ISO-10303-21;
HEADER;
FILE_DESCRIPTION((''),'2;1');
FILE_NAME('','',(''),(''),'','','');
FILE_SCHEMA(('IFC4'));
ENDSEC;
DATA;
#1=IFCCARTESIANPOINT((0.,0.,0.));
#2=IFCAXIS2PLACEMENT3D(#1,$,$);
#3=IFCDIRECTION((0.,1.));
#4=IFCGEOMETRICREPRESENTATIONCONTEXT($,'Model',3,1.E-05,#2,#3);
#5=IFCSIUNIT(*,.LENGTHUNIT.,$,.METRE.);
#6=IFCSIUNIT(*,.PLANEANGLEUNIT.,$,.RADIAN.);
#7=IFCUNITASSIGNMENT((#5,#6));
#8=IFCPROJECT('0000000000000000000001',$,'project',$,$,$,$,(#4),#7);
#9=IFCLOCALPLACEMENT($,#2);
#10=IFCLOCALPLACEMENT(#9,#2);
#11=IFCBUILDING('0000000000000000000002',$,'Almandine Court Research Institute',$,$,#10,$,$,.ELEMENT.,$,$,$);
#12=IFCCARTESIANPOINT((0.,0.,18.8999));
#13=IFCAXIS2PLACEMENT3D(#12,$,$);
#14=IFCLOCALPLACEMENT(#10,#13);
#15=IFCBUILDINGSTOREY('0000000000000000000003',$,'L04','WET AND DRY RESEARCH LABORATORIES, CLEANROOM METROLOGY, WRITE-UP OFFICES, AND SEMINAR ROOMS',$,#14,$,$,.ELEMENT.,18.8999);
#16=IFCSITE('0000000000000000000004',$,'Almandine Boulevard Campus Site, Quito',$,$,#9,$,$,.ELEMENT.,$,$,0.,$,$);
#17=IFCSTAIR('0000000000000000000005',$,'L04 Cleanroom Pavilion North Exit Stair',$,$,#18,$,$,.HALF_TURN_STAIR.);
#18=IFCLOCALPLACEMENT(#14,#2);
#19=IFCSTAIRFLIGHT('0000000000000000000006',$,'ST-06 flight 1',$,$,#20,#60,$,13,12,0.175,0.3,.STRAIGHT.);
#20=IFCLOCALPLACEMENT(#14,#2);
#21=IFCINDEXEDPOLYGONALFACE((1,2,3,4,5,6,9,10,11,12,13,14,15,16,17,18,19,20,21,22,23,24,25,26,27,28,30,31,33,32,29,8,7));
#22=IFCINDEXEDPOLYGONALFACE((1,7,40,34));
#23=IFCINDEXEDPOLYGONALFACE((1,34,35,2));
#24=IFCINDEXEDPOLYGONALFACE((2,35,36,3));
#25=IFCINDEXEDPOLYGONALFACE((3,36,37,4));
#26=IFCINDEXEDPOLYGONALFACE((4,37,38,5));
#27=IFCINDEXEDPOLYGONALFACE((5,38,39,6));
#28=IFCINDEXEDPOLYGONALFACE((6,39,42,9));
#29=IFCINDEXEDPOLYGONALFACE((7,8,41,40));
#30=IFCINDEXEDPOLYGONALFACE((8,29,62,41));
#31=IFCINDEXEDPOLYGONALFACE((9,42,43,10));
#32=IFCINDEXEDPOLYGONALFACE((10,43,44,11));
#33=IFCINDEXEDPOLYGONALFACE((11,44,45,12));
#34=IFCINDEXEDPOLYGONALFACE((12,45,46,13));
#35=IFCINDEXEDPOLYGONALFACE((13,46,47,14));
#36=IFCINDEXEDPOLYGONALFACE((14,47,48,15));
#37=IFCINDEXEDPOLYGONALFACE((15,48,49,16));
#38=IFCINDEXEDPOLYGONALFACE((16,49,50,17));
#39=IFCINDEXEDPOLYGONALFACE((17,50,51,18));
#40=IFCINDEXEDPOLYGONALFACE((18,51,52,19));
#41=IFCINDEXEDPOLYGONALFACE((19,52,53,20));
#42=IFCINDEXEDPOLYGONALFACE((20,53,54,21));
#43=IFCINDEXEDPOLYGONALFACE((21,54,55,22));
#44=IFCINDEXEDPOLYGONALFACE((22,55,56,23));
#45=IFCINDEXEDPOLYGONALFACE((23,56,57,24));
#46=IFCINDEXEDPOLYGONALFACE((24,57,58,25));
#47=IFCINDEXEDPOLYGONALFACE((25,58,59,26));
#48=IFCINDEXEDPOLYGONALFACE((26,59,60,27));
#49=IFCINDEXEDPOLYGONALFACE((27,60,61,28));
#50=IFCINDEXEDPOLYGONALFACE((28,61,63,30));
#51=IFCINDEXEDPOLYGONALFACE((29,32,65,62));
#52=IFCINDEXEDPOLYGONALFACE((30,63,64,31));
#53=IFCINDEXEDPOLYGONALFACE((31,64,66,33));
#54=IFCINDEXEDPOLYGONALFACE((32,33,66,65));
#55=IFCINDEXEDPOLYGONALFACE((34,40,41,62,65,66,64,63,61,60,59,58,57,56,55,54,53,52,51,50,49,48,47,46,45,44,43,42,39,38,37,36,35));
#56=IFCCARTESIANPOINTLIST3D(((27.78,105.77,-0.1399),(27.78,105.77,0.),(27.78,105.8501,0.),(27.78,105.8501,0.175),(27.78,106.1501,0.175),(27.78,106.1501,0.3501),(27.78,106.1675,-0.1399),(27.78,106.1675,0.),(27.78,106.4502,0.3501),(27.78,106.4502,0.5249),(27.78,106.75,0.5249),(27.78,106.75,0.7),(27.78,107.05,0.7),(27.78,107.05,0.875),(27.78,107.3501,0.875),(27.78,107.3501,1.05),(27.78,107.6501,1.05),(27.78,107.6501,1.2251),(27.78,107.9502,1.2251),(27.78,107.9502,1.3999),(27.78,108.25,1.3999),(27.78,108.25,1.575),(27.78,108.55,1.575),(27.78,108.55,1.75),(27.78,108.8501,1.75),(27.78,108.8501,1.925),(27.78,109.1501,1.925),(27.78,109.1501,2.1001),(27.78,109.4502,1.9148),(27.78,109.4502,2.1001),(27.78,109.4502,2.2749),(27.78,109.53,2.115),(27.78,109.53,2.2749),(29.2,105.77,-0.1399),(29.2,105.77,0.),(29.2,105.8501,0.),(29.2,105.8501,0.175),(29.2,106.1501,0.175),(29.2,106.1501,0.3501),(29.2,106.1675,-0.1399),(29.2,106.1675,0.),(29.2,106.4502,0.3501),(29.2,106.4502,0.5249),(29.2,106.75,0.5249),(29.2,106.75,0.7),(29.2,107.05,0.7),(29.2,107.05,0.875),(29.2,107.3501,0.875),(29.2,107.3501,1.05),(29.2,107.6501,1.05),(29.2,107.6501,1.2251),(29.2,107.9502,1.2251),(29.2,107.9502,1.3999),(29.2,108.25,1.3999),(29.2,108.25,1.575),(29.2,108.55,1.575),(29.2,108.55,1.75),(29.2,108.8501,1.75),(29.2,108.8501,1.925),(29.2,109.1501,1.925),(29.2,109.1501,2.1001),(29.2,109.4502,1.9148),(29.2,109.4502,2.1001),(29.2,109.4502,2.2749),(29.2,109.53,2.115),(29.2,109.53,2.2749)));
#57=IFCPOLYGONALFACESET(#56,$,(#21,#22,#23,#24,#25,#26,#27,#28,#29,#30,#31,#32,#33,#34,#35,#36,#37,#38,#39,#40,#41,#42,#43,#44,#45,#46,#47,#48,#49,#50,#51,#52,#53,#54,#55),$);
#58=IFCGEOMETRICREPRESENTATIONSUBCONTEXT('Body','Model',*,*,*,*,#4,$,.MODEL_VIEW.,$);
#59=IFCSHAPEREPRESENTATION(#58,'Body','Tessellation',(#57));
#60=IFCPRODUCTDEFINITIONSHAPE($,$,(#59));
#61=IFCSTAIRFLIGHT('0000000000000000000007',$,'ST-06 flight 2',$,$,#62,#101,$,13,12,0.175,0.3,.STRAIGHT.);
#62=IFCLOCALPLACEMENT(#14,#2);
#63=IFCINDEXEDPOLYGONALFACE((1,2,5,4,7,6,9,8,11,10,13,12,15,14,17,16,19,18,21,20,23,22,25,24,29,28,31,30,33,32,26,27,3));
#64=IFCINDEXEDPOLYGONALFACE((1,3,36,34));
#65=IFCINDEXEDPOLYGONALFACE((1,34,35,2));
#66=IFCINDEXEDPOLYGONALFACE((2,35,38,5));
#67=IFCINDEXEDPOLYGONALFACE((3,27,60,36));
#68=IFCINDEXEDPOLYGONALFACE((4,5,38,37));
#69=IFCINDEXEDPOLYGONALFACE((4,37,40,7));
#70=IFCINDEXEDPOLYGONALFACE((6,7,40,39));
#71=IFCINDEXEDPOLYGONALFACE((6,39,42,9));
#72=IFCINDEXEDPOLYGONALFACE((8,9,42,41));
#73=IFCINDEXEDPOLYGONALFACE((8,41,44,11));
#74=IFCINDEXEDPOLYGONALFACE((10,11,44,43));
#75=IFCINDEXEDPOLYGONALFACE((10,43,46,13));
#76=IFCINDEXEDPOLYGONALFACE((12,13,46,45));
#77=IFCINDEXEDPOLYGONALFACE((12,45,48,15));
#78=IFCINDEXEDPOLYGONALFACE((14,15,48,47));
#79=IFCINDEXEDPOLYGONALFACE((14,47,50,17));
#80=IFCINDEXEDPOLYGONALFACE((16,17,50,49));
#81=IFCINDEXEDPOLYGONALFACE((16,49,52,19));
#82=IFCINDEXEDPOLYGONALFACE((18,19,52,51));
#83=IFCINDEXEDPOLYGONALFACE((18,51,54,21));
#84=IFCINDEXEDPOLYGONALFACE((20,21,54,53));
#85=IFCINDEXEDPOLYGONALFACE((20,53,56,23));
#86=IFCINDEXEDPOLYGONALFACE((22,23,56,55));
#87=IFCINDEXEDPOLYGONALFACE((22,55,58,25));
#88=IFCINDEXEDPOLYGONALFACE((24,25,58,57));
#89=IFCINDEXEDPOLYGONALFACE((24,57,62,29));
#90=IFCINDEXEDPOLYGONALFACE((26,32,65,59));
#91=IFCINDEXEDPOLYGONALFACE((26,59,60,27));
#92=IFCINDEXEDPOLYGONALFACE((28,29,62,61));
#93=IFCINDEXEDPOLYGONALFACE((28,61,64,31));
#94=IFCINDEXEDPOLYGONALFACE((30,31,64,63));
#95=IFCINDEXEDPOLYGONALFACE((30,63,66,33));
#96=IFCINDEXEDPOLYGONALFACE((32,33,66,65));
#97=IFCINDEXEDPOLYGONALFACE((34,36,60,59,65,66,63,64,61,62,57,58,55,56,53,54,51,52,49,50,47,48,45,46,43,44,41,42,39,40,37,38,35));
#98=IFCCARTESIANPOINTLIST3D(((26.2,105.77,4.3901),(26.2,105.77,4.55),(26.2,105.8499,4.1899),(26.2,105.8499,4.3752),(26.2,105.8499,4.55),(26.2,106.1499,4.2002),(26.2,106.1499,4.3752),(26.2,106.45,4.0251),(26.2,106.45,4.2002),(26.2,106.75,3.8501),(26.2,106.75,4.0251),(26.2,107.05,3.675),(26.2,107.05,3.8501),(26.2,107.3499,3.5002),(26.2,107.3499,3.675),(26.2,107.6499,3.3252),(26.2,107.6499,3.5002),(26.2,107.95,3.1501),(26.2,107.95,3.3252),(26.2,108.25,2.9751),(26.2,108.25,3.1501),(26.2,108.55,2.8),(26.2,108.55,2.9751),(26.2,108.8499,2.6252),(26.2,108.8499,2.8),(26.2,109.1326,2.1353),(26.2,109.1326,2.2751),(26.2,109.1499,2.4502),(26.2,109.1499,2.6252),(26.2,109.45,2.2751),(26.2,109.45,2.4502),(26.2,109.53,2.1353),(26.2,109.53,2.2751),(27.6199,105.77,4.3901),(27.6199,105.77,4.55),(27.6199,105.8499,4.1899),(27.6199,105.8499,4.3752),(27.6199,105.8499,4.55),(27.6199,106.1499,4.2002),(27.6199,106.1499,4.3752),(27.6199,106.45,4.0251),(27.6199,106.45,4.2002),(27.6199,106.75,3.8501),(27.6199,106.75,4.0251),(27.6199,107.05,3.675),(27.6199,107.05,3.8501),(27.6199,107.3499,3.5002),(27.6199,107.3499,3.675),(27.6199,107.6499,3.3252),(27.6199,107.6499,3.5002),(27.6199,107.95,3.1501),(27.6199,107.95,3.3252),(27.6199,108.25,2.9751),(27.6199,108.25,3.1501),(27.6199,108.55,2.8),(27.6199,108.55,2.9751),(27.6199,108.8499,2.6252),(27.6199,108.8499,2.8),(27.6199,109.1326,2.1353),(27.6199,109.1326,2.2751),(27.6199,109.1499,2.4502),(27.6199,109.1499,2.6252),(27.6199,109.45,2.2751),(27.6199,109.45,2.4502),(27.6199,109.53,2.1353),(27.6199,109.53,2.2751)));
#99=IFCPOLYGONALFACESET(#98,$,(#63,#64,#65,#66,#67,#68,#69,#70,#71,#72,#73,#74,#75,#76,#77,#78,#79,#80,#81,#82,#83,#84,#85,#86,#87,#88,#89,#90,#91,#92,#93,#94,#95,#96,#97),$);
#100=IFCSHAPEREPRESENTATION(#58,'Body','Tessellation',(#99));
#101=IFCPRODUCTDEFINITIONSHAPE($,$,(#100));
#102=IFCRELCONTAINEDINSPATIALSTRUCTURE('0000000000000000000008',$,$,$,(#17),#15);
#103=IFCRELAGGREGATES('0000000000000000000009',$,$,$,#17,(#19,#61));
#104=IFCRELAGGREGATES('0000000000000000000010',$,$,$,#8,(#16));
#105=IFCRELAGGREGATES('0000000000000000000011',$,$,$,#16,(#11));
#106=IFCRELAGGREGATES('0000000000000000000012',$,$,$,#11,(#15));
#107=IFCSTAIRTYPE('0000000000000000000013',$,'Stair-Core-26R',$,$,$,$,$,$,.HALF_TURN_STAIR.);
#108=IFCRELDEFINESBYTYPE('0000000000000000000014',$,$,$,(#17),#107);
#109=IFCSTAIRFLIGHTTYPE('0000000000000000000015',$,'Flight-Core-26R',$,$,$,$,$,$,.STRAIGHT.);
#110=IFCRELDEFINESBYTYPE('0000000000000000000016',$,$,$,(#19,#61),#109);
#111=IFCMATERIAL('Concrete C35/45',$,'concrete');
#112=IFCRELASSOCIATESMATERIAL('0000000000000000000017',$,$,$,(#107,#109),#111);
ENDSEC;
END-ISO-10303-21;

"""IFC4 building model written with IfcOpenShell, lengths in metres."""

from ifc_helpers import new_model, si_unit, direction, frame, origin, place, context, subcontext, project, spatial, polyline, outline, extrude, material, type_object, element, aggregate, save


model = new_model("IFC4")

# Units and contexts
model_context = context("Model", 3, precision=1e-05, world=origin(), true_north=direction((0.0, 1.0)))
body_context = subcontext(model_context, "Body", "Model", "MODEL_VIEW")
ifc_project = project(units=[si_unit("LENGTHUNIT", "METRE"), si_unit("PLANEANGLEUNIT", "RADIAN")], contexts=[model_context])

# Site, building, storey
site_placement = place(None, origin())
site = spatial("IfcSite", under=ifc_project, at=site_placement, Name="Almandine Boulevard Campus Site, Quito", CompositionType="ELEMENT", RefElevation=0.0)
building_placement = place(site_placement, origin())
building = spatial("IfcBuilding", under=site, at=building_placement, Name="Almandine Court Research Institute", CompositionType="ELEMENT")
storey_placement = place(building_placement, frame((0.0, 0.0, 18.8999)))
storey = spatial("IfcBuildingStorey", under=building, at=storey_placement, Name="L04", Description="WET AND DRY RESEARCH LABORATORIES, CLEANROOM METROLOGY, WRITE-UP OFFICES, AND SEMINAR ROOMS", CompositionType="ELEMENT", Elevation=18.8999)

# Stair, stair flights
ifc_material_1 = material(Name="Concrete C35/45", Category="concrete")
stair_type = type_object("IfcStairType", Name="Stair-Core-26R", PredefinedType="HALF_TURN_STAIR", material=ifc_material_1)
stair_placement = place(storey_placement, origin())
stair = element("IfcStair", 1, at=stair_placement, inside=storey, type_object=stair_type, Name="L04 Cleanroom Pavilion North Exit Stair", PredefinedType="HALF_TURN_STAIR")
stair_flight_type = type_object("IfcStairFlightType", Name="Flight-Core-26R", PredefinedType="STRAIGHT", material=ifc_material_1)
stair_flight_1_placement = place(storey_placement, frame((28.49, 105.8501, 0.0), z_axis=(0.0, 0.0, 1.0), x_axis=(0.0, 1.0, 0.0)))
stair_flight_1 = element("IfcStairFlight", 2, at=stair_flight_1_placement, type_object=stair_flight_type, Name="ST-06 flight 1", NumberOfRisers=13, NumberOfTreads=12, PredefinedType="STRAIGHT", RiserHeight=0.175, TreadLength=0.3, context=body_context, shape_type="SweptSolid", body=[
    extrude(outline(polyline([(-0.0801, -0.1399), (-0.0801, 0.0), (0.0, 0.0), (0.0, 0.175), (0.3, 0.175), (0.3, 0.3501), (0.6001, 0.3501), (0.6001, 0.5249), (0.8999, 0.5249), (0.8999, 0.7), (1.2, 0.7), (1.2, 0.875), (1.5, 0.875), (1.5, 1.05), (1.8, 1.05), (1.8, 1.2251), (2.1001, 1.2251), (2.1001, 1.3999), (2.3999, 1.3999), (2.3999, 1.575), (2.7, 1.575), (2.7, 1.75), (3.0, 1.75), (3.0, 1.925), (3.3, 1.925), (3.3, 2.1001), (3.6001, 2.1001), (3.6001, 2.2749), (3.6799, 2.2749), (3.6799, 2.115), (3.6001, 1.9148), (0.3174, 0.0), (0.3174, -0.1399), (-0.0801, -0.1399)])), frame((0.0, 0.71, 0.0), z_axis=(0.0, -1.0, 0.0), x_axis=(1.0, 0.0, 0.0)), (0.0, 0.0, 1.0), 1.4199),
])
stair_flight_2_placement = place(storey_placement, frame((26.9099, 109.45, 2.2751), z_axis=(0.0, 0.0, 1.0), x_axis=(0.0, -1.0, 0.0)))
stair_flight_2 = element("IfcStairFlight", 3, at=stair_flight_2_placement, type_object=stair_flight_type, Name="ST-06 flight 2", NumberOfRisers=13, NumberOfTreads=12, PredefinedType="STRAIGHT", RiserHeight=0.175, TreadLength=0.3, context=body_context, shape_type="SweptSolid", body=[
    extrude(outline(polyline([(-0.0801, -0.1399), (-0.0801, 0.0), (0.0, 0.0), (0.0, 0.175), (0.3, 0.175), (0.3, 0.3501), (0.6001, 0.3501), (0.6001, 0.5249), (0.8999, 0.5249), (0.8999, 0.7), (1.2, 0.7), (1.2, 0.875), (1.5, 0.875), (1.5, 1.05), (1.8, 1.05), (1.8, 1.2251), (2.1001, 1.2251), (2.1001, 1.3999), (2.3999, 1.3999), (2.3999, 1.575), (2.7, 1.575), (2.7, 1.75), (3.0, 1.75), (3.0, 1.925), (3.3, 1.925), (3.3, 2.1001), (3.6001, 2.1001), (3.6001, 2.2749), (3.6799, 2.2749), (3.6799, 2.115), (3.6001, 1.9148), (0.3174, 0.0), (0.3174, -0.1399), (-0.0801, -0.1399)])), frame((0.0, 0.71, 0.0), z_axis=(0.0, -1.0, 0.0), x_axis=(1.0, 0.0, 0.0)), (0.0, 0.0, 1.0), 1.4199),
])
aggregate(stair, [stair_flight_1, stair_flight_2])

save(model, "model.ifc")
